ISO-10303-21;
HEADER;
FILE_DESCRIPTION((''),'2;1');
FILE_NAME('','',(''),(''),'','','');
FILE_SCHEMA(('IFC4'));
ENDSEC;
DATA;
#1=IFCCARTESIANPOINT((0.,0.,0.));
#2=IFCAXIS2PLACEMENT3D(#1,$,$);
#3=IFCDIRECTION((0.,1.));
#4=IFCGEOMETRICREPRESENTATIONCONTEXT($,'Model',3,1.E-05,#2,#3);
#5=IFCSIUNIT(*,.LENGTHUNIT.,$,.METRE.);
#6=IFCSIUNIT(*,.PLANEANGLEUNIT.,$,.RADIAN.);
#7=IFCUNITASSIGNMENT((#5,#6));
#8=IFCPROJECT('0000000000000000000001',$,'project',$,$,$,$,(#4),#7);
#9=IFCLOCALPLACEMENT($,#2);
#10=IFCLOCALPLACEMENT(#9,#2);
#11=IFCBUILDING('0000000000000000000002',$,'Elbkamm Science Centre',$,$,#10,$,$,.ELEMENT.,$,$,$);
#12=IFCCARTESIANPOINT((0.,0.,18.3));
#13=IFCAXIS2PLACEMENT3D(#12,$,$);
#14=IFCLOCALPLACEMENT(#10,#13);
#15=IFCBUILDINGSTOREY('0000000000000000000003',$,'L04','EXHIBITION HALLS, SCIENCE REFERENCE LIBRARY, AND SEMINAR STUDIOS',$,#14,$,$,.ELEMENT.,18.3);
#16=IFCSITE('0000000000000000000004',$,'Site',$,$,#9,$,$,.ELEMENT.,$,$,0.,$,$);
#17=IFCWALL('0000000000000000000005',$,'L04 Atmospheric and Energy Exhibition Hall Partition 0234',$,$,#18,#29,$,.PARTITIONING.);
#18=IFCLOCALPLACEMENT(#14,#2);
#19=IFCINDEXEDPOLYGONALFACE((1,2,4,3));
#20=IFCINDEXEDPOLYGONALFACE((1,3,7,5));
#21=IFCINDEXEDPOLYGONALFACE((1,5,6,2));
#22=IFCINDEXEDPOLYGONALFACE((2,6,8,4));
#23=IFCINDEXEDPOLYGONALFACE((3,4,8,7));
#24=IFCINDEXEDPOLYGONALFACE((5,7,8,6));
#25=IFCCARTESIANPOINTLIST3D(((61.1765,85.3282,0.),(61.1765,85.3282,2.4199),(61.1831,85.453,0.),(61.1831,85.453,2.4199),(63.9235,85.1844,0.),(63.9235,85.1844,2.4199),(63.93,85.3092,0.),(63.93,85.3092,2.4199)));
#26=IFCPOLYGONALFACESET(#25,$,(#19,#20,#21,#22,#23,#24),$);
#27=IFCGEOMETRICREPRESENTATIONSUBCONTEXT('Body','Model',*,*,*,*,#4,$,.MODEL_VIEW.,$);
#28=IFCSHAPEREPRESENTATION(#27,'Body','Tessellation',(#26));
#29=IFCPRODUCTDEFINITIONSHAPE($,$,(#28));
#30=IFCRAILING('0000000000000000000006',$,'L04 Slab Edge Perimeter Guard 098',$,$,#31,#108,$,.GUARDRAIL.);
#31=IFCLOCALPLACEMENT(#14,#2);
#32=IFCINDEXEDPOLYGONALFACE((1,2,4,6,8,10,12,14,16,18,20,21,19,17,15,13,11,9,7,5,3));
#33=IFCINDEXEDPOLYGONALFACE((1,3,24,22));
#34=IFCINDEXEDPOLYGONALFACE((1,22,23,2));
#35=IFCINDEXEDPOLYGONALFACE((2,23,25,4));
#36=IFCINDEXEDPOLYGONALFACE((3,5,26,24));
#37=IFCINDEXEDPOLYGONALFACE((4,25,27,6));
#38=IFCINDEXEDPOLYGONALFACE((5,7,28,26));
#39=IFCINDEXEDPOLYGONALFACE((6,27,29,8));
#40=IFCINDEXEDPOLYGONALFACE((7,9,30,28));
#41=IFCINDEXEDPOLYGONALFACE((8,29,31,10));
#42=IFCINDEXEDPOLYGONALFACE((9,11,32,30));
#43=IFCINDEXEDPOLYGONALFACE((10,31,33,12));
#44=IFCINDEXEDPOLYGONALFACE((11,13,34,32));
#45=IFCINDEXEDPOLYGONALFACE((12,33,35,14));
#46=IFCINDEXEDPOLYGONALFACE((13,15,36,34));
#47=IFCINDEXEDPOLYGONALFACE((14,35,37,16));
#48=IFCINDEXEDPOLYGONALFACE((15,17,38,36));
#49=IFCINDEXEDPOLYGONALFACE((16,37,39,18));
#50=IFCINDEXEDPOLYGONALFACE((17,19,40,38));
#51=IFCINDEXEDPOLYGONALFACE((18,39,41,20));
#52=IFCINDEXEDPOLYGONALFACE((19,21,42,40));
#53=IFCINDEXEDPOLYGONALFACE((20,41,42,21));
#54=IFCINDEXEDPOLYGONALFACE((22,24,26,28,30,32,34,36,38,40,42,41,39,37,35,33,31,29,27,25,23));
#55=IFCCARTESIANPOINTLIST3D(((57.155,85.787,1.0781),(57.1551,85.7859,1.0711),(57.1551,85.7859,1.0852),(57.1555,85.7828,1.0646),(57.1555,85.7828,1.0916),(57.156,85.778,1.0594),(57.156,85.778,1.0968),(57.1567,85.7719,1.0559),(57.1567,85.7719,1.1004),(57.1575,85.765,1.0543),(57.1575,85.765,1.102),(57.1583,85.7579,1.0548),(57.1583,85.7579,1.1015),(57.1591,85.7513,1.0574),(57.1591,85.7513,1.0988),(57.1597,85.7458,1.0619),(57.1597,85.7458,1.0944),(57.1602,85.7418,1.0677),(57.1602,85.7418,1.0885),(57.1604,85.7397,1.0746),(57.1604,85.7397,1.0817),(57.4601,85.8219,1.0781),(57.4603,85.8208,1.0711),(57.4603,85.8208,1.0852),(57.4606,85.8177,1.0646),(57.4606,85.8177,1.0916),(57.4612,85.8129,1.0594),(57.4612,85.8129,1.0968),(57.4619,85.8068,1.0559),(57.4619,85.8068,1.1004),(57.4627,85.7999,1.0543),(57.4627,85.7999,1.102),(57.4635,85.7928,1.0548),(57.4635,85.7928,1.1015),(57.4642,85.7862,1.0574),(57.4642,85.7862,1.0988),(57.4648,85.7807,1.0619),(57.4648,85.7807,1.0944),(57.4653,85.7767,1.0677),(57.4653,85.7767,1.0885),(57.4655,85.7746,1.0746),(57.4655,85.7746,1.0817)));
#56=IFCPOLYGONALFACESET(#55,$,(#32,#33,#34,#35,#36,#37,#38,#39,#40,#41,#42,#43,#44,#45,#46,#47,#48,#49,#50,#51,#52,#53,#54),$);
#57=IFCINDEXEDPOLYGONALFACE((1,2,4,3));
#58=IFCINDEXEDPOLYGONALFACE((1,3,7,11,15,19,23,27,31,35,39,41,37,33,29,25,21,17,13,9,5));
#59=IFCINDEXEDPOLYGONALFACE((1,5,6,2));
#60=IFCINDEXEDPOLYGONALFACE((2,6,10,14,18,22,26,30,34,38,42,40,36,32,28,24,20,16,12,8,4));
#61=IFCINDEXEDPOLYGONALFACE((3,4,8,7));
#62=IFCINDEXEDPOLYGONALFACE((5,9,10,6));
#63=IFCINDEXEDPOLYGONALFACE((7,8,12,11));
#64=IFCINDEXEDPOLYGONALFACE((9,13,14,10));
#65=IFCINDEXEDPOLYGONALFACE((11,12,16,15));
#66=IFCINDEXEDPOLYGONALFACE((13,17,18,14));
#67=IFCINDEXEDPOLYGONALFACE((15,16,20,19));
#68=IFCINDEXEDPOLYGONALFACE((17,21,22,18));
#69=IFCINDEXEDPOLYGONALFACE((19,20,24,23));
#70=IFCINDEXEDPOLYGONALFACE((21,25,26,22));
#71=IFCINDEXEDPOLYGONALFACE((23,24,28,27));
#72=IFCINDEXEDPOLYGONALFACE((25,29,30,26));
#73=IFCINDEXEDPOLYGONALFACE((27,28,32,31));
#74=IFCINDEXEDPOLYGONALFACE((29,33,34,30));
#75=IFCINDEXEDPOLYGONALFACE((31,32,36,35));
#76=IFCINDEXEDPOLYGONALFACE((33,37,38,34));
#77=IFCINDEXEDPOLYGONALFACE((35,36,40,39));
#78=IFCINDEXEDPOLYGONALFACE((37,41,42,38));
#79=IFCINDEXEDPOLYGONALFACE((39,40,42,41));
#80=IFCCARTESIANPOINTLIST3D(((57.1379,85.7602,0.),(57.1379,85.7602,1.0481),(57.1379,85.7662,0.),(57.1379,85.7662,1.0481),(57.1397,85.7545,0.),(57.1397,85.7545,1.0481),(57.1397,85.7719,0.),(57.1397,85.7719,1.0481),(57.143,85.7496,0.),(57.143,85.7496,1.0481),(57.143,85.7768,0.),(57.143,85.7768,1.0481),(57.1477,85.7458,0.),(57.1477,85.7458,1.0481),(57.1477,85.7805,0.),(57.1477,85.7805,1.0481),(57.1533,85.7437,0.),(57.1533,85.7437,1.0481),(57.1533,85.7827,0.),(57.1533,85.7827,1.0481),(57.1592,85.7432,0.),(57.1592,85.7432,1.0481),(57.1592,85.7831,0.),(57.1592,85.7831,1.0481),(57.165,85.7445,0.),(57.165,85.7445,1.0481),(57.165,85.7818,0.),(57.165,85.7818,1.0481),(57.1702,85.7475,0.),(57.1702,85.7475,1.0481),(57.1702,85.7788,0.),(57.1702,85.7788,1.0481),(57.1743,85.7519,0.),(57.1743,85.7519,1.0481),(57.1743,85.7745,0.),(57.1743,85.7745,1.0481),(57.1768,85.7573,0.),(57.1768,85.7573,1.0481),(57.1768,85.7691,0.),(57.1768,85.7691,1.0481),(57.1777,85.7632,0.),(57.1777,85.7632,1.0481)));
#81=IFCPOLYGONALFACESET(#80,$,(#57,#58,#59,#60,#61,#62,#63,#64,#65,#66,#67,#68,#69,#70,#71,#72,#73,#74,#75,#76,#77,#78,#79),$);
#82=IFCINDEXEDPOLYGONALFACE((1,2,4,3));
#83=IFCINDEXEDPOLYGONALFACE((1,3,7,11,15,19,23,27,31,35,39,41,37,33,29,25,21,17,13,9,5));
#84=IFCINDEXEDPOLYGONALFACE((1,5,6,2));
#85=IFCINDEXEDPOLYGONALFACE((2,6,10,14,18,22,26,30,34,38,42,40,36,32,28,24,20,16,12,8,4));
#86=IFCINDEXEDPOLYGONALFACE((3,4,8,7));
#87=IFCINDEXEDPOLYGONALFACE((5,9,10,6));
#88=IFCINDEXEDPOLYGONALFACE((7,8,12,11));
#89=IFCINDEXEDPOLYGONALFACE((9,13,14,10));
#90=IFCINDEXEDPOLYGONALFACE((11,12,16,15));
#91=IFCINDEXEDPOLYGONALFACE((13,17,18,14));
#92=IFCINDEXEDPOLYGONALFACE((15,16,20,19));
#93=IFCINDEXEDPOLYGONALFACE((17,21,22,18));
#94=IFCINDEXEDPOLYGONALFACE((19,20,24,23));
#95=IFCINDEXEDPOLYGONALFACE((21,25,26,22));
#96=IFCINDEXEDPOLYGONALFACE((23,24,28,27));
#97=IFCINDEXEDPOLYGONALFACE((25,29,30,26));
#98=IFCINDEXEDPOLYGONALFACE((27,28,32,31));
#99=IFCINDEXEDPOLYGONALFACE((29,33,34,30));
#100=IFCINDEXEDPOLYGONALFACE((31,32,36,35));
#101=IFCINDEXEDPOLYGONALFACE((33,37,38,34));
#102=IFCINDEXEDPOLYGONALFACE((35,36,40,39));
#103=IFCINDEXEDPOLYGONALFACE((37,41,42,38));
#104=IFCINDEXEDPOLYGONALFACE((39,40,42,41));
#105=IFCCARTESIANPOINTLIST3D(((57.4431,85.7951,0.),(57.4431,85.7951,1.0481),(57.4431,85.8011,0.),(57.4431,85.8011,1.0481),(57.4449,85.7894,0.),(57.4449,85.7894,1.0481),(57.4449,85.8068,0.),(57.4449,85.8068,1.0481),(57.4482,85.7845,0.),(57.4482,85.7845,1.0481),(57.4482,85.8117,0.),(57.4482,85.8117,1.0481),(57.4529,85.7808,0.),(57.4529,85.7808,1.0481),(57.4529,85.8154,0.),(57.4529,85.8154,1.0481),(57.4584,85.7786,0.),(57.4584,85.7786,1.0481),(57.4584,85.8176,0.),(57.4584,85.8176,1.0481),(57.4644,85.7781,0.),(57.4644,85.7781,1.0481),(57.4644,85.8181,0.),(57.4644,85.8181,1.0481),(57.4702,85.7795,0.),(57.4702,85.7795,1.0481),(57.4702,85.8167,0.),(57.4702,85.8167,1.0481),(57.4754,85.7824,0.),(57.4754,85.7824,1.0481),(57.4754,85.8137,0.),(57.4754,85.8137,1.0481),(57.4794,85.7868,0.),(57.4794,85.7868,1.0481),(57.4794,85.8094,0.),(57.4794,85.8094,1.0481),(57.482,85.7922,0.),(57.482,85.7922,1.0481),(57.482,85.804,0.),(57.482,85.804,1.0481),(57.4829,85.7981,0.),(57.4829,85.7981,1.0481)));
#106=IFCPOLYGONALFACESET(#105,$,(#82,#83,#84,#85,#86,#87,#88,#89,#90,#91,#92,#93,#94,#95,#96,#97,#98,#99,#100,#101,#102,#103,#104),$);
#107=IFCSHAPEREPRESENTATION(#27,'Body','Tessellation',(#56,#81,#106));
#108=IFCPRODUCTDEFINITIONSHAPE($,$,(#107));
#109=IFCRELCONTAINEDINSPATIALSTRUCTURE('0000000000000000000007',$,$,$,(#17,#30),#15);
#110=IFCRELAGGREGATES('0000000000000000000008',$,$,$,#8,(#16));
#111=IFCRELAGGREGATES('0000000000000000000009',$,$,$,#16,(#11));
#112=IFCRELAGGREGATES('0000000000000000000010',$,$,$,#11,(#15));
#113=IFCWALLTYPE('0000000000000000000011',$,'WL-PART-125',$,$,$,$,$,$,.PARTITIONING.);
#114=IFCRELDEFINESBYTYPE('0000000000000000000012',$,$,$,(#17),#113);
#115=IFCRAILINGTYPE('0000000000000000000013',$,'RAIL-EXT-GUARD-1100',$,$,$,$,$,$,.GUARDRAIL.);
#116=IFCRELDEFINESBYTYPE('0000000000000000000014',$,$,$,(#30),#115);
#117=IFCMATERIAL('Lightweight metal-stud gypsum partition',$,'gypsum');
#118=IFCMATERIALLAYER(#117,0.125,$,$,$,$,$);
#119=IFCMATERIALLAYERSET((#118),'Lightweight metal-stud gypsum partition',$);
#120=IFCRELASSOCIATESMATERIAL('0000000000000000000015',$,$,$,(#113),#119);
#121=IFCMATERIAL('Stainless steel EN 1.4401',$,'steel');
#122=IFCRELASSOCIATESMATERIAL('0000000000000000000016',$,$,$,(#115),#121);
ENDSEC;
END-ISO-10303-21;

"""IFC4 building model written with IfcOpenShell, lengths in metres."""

from ifc_helpers import new_model, si_unit, direction, frame, frame_2d, origin, origin_2d, place, context, subcontext, project, spatial, rectangle, circle, extrude, material, layer, layer_set, type_object, element, save


model = new_model("IFC4")

# Units and contexts
model_context = context("Model", 3, precision=1e-05, world=origin(), true_north=direction((0.0, 1.0)))
body_context = subcontext(model_context, "Body", "Model", "MODEL_VIEW")
ifc_project = project(units=[si_unit("LENGTHUNIT", "METRE"), si_unit("PLANEANGLEUNIT", "RADIAN")], contexts=[model_context])

# Site, building, storey
site_placement = place(None, origin())
site = spatial("IfcSite", under=ifc_project, at=site_placement, Name="Site", CompositionType="ELEMENT", RefElevation=0.0)
building_placement = place(site_placement, origin())
building = spatial("IfcBuilding", under=site, at=building_placement, Name="Elbkamm Science Centre", CompositionType="ELEMENT")
storey_placement = place(building_placement, frame((0.0, 0.0, 18.3)))
storey = spatial("IfcBuildingStorey", under=building, at=storey_placement, Name="L04", Description="EXHIBITION HALLS, SCIENCE REFERENCE LIBRARY, AND SEMINAR STUDIOS", CompositionType="ELEMENT", Elevation=18.3)

# Wall
ifc_material_1 = material(Name="Lightweight metal-stud gypsum partition", Category="gypsum")
ifc_layer_1 = layer(ifc_material_1, 0.125)
ifc_layer_set_1 = layer_set([ifc_layer_1], Name="Lightweight metal-stud gypsum partition")
wall_type = type_object("IfcWallType", Name="WL-PART-125", PredefinedType="PARTITIONING", material=ifc_layer_set_1)
wall_placement = place(storey_placement, frame((61.1797, 85.3906, 0.0), z_axis=(0.0, 0.0, 1.0), x_axis=(0.998633, -0.052275, 0.0)))
element("IfcWall", 1, at=wall_placement, inside=storey, type_object=wall_type, Name="L04 Atmospheric and Energy Exhibition Hall Partition 0234", PredefinedType="PARTITIONING", context=body_context, shape_type="SweptSolid", body=[
    extrude(rectangle(XDim=2.7507, YDim=0.125, at=frame_2d((1.3755, 0.0))), origin(), (0.0, 0.0, 1.0), 2.4199),
])

# Railing
ifc_material_2 = material(Name="Stainless steel EN 1.4401", Category="steel")
railing_type = type_object("IfcRailingType", Name="RAIL-EXT-GUARD-1100", PredefinedType="GUARDRAIL", material=ifc_material_2)
railing_1_placement = place(storey_placement, frame((57.1577, 85.7632, 0.0)))
element("IfcRailing", 2, at=railing_1_placement, inside=storey, type_object=railing_type, Name="L04 Slab Edge Perimeter Guard 098", PredefinedType="GUARDRAIL", context=body_context, shape_type="SweptSolid", body=[
    extrude(circle(Radius=0.0239, at=origin_2d()), frame((0.0, 0.0, 1.0781), z_axis=(0.99352, 0.113659, 0.0), x_axis=(-0.113659, 0.99352, 0.0)), (0.0, 0.0, 1.0), 0.3071),
    extrude(circle(Radius=0.02, at=origin_2d()), origin(), (0.0, 0.0, 1.0), 1.0481),
    extrude(circle(Radius=0.02, at=origin_2d()), frame((0.3052, 0.0349, 0.0)), (0.0, 0.0, 1.0), 1.0481),
])

save(model, "model.ifc")
